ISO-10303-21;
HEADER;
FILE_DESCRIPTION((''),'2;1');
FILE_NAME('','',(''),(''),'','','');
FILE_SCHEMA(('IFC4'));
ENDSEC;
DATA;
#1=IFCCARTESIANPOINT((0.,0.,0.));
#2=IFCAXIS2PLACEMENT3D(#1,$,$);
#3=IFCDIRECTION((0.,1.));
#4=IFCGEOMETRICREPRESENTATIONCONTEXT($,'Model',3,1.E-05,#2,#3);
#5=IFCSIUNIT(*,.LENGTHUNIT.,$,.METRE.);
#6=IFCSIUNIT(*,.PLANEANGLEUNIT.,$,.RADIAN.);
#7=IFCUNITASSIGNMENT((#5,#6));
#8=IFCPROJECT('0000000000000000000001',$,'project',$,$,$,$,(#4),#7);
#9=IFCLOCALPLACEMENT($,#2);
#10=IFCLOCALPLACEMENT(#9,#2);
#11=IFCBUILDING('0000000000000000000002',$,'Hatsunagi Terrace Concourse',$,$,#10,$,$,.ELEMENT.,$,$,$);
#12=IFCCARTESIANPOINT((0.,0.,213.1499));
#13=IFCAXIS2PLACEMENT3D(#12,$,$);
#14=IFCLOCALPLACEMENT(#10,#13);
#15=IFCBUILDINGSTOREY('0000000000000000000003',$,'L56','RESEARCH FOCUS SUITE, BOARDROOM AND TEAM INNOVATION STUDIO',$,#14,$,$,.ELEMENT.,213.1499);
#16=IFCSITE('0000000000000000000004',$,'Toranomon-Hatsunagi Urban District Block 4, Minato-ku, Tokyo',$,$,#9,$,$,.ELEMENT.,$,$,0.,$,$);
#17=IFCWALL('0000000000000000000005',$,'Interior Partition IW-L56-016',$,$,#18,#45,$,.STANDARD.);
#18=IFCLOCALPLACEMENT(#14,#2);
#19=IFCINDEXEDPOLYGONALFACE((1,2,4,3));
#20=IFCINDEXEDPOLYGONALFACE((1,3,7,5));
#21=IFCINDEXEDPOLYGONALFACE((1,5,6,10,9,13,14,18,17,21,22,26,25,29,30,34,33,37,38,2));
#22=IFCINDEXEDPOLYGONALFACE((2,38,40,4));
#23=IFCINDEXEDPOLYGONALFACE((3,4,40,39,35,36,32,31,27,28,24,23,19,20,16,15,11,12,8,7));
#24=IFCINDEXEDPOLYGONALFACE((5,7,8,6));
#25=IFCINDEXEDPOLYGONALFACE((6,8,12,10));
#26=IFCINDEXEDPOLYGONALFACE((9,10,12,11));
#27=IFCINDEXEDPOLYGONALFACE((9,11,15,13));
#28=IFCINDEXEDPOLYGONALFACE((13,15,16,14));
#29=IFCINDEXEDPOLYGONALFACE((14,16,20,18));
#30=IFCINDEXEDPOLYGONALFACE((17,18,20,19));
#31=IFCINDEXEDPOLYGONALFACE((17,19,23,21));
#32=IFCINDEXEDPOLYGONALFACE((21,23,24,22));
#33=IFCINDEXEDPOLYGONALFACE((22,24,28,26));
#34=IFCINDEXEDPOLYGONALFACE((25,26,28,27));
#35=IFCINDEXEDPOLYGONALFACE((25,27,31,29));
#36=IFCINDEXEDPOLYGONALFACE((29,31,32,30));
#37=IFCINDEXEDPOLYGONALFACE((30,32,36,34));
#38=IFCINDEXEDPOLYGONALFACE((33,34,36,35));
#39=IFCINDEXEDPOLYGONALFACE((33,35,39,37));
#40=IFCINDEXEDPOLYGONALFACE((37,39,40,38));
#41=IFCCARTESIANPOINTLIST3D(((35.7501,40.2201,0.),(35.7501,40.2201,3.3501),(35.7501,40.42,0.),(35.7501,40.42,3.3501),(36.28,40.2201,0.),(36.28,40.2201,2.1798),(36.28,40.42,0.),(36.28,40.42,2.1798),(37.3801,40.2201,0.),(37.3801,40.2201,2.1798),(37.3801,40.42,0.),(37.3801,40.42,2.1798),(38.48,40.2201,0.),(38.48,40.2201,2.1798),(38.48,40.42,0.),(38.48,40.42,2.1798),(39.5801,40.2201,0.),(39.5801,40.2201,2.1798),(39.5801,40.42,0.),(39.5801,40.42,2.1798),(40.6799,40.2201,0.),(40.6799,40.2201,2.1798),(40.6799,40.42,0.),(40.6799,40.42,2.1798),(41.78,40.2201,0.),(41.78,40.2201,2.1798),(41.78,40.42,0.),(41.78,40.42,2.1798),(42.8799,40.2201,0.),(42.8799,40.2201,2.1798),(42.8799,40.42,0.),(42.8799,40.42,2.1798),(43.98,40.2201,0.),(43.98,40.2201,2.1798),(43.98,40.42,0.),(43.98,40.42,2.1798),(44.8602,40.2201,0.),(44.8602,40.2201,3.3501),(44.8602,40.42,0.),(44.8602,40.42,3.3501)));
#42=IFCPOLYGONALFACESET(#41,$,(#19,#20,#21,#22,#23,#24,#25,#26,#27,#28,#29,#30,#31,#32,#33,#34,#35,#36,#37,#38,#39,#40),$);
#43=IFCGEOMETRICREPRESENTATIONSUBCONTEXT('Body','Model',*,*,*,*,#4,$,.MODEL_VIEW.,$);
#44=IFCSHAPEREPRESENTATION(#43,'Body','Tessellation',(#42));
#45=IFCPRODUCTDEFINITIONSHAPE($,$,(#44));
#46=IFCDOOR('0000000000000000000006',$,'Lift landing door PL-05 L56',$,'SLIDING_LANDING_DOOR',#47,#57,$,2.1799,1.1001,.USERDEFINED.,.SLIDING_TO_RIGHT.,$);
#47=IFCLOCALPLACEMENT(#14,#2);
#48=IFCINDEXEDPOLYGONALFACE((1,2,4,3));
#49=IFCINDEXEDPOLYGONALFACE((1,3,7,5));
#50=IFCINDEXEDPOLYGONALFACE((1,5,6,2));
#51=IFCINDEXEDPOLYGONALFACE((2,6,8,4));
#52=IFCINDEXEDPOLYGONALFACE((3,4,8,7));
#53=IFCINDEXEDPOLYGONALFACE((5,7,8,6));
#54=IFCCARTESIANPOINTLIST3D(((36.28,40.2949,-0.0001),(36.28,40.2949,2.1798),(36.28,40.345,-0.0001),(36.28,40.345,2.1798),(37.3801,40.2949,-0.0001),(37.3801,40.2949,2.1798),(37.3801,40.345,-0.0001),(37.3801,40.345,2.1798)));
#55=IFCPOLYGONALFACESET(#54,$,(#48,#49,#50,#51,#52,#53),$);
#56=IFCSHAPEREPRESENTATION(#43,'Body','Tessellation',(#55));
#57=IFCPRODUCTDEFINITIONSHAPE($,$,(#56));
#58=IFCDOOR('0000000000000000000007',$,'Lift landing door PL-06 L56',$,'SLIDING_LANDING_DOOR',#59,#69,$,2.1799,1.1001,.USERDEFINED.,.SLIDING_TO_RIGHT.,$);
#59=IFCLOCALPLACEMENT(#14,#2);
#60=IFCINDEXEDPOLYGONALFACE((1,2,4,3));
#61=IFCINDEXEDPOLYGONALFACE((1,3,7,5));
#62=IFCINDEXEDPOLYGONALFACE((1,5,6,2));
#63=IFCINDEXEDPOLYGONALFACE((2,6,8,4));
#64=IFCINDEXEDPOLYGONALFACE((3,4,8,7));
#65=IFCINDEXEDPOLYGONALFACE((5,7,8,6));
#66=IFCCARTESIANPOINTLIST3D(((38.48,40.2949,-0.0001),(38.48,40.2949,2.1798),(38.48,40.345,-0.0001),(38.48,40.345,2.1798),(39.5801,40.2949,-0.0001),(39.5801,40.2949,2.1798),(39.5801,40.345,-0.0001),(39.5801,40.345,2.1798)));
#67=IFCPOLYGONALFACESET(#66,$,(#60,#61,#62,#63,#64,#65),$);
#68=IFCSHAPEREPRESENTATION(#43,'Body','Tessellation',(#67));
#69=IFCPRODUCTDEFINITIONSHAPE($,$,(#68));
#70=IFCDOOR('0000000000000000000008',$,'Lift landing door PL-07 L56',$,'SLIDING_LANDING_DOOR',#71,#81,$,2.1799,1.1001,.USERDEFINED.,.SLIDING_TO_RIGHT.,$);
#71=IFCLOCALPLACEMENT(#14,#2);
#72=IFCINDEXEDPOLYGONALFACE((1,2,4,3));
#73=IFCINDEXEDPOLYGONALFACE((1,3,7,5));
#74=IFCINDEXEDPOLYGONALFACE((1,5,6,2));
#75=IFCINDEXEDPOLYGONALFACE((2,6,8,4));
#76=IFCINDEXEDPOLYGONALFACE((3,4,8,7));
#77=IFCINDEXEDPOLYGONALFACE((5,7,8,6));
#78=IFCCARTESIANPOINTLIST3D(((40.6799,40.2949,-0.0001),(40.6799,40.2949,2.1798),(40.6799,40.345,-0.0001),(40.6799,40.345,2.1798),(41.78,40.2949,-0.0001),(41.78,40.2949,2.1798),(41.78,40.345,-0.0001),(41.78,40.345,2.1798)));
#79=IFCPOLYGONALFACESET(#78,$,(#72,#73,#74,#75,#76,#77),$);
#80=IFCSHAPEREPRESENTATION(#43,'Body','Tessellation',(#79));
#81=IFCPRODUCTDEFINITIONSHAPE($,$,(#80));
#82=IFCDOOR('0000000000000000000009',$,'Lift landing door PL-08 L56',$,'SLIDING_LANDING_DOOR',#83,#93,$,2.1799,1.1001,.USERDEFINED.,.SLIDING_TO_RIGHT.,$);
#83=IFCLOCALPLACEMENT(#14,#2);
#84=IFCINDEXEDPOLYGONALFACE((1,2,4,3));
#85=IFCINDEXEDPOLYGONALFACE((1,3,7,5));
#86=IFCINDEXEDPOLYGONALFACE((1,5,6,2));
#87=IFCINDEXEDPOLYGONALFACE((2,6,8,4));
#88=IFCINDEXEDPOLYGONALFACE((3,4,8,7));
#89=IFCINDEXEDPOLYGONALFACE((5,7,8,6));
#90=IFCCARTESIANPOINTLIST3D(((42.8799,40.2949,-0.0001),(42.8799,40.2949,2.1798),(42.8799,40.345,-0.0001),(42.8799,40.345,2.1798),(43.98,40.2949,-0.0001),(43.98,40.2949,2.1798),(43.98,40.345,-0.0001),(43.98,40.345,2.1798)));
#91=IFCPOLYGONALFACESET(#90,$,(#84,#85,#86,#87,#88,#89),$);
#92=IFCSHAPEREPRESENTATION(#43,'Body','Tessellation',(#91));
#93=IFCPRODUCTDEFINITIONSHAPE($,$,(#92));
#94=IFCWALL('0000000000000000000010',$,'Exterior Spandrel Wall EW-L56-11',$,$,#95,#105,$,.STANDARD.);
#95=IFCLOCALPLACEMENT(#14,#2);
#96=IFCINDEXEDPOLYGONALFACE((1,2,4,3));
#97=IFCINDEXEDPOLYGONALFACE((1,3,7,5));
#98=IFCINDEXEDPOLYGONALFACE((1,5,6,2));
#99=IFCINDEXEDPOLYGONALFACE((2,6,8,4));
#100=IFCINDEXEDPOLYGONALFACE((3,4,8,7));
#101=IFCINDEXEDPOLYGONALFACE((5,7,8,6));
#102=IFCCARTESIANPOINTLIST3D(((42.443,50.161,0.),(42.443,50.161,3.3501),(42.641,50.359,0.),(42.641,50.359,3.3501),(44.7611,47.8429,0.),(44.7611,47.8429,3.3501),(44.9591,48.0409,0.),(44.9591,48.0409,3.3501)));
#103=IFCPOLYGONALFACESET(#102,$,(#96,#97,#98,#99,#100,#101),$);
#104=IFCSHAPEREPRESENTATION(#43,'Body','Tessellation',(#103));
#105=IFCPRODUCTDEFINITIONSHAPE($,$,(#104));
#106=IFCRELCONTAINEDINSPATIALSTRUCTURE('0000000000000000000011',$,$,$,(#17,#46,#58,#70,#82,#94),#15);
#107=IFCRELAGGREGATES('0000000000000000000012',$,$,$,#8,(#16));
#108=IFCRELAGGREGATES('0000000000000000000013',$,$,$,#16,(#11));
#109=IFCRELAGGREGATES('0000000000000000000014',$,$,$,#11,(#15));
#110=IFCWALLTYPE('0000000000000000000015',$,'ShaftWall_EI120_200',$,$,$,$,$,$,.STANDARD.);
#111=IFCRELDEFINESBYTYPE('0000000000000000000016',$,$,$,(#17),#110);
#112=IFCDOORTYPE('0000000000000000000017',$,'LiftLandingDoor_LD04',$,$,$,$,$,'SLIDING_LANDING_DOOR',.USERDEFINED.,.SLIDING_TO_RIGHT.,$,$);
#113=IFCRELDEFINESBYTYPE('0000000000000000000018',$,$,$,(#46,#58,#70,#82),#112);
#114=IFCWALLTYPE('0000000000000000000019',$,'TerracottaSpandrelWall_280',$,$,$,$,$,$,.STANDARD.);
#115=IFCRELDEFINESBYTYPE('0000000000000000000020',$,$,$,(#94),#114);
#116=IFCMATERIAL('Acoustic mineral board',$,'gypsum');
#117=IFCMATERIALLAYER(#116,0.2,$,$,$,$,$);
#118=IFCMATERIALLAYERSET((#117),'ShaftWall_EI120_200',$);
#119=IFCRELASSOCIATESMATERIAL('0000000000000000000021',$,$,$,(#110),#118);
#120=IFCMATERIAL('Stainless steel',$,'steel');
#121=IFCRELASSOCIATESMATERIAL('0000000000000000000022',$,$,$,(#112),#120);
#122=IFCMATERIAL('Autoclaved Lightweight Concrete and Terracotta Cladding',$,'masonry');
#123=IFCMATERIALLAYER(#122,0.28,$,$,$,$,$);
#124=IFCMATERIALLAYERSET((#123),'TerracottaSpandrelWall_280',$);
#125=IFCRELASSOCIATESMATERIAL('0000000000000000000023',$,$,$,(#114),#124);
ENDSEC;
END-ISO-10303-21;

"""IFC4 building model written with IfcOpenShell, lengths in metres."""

from ifc_helpers import new_model, si_unit, direction, frame, frame_2d, origin, place, context, subcontext, project, spatial, rectangle, extrude, material, layer, layer_set, type_object, element, fill, save


model = new_model("IFC4")

# Units and contexts
model_context = context("Model", 3, precision=1e-05, world=origin(), true_north=direction((0.0, 1.0)))
body_context = subcontext(model_context, "Body", "Model", "MODEL_VIEW")
ifc_project = project(units=[si_unit("LENGTHUNIT", "METRE"), si_unit("PLANEANGLEUNIT", "RADIAN")], contexts=[model_context])

# Site, building, storey
site_placement = place(None, origin())
site = spatial("IfcSite", under=ifc_project, at=site_placement, Name="Toranomon-Hatsunagi Urban District Block 4, Minato-ku, Tokyo", CompositionType="ELEMENT", RefElevation=0.0)
building_placement = place(site_placement, origin())
building = spatial("IfcBuilding", under=site, at=building_placement, Name="Hatsunagi Terrace Concourse", CompositionType="ELEMENT")
storey_placement = place(building_placement, frame((0.0, 0.0, 213.1499)))
storey = spatial("IfcBuildingStorey", under=building, at=storey_placement, Name="L56", Description="RESEARCH FOCUS SUITE, BOARDROOM AND TEAM INNOVATION STUDIO", CompositionType="ELEMENT", Elevation=213.1499)

# Shared definitions
ifc_material_1 = material(Name="Acoustic mineral board", Category="gypsum")
ifc_layer_1 = layer(ifc_material_1, 0.2)
ifc_layer_set_1 = layer_set([ifc_layer_1], Name="ShaftWall_EI120_200")
wall_type_1 = type_object("IfcWallType", Name="ShaftWall_EI120_200", PredefinedType="STANDARD", material=ifc_layer_set_1)

# Wall, openings, doors
wall_1_placement = place(storey_placement, frame((35.75, 40.3201, 0.0), z_axis=(0.0, 0.0, 1.0), x_axis=(1.0, 0.0, 0.0)))
wall_1 = element("IfcWall", 1, at=wall_1_placement, inside=storey, type_object=wall_type_1, Name="Interior Partition IW-L56-016", PredefinedType="STANDARD", context=body_context, shape_type="SweptSolid", body=[
    extrude(rectangle(XDim=9.1101, YDim=0.2, at=frame_2d((4.5552, 0.0))), origin(), (0.0, 0.0, 1.0), 3.3501),
])
opening_1_placement = place(wall_1_placement, frame((0.53, 0.0, 0.0)))
opening_1 = element("IfcOpeningElement", 2, at=opening_1_placement, cuts=wall_1, PredefinedType="OPENING", context=body_context, shape_type="SweptSolid", body=[
    extrude(rectangle(XDim=1.1001, YDim=2.1799, at=frame_2d((0.55, 1.0898))), frame((0.0, 0.1099, 0.0), z_axis=(0.0, -1.0, 0.0), x_axis=(1.0, 0.0, 0.0)), (0.0, 0.0, 1.0), 0.22),
])
opening_2_placement = place(wall_1_placement, frame((2.73, 0.0, 0.0)))
opening_2 = element("IfcOpeningElement", 3, at=opening_2_placement, cuts=wall_1, PredefinedType="OPENING", context=body_context, shape_type="SweptSolid", body=[
    extrude(rectangle(XDim=1.1001, YDim=2.1799, at=frame_2d((0.55, 1.0898))), frame((0.0, 0.1099, 0.0), z_axis=(0.0, -1.0, 0.0), x_axis=(1.0, 0.0, 0.0)), (0.0, 0.0, 1.0), 0.22),
])
opening_3_placement = place(wall_1_placement, frame((4.9299, 0.0, 0.0)))
opening_3 = element("IfcOpeningElement", 4, at=opening_3_placement, cuts=wall_1, PredefinedType="OPENING", context=body_context, shape_type="SweptSolid", body=[
    extrude(rectangle(XDim=1.1001, YDim=2.1799, at=frame_2d((0.55, 1.0898))), frame((0.0, 0.1099, 0.0), z_axis=(0.0, -1.0, 0.0), x_axis=(1.0, 0.0, 0.0)), (0.0, 0.0, 1.0), 0.22),
])
opening_4_placement = place(wall_1_placement, frame((7.1299, 0.0, 0.0)))
opening_4 = element("IfcOpeningElement", 5, at=opening_4_placement, cuts=wall_1, PredefinedType="OPENING", context=body_context, shape_type="SweptSolid", body=[
    extrude(rectangle(XDim=1.1001, YDim=2.1799, at=frame_2d((0.55, 1.0898))), frame((0.0, 0.1099, 0.0), z_axis=(0.0, -1.0, 0.0), x_axis=(1.0, 0.0, 0.0)), (0.0, 0.0, 1.0), 0.22),
])
ifc_material_2 = material(Name="Stainless steel", Category="steel")
door_type_1 = type_object("IfcDoorType", Name="LiftLandingDoor_LD04", ElementType="SLIDING_LANDING_DOOR", OperationType="SLIDING_TO_RIGHT", PredefinedType="USERDEFINED", material=ifc_material_2)
door_1_placement = place(opening_1_placement, origin())
door_1 = element("IfcDoor", 6, at=door_1_placement, inside=storey, type_object=door_type_1, Name="Lift landing door PL-05 L56", ObjectType="SLIDING_LANDING_DOOR", OperationType="SLIDING_TO_RIGHT", OverallHeight=2.1799, OverallWidth=1.1001, PredefinedType="USERDEFINED", context=body_context, shape_type="SweptSolid", body=[
    extrude(rectangle(XDim=1.1001, YDim=2.1799, at=frame_2d((0.55, 1.0898))), frame((0.0, 0.0249, 0.0), z_axis=(0.0, -1.0, 0.0), x_axis=(1.0, 0.0, 0.0)), (0.0, 0.0, 1.0), 0.05),
])
fill(opening_1, door_1)
door_2_placement = place(opening_2_placement, origin())
door_2 = element("IfcDoor", 7, at=door_2_placement, inside=storey, type_object=door_type_1, Name="Lift landing door PL-06 L56", ObjectType="SLIDING_LANDING_DOOR", OperationType="SLIDING_TO_RIGHT", OverallHeight=2.1799, OverallWidth=1.1001, PredefinedType="USERDEFINED", context=body_context, shape_type="SweptSolid", body=[
    extrude(rectangle(XDim=1.1001, YDim=2.1799, at=frame_2d((0.55, 1.0898))), frame((0.0, 0.0249, 0.0), z_axis=(0.0, -1.0, 0.0), x_axis=(1.0, 0.0, 0.0)), (0.0, 0.0, 1.0), 0.05),
])
fill(opening_2, door_2)
door_3_placement = place(opening_3_placement, origin())
door_3 = element("IfcDoor", 8, at=door_3_placement, inside=storey, type_object=door_type_1, Name="Lift landing door PL-07 L56", ObjectType="SLIDING_LANDING_DOOR", OperationType="SLIDING_TO_RIGHT", OverallHeight=2.1799, OverallWidth=1.1001, PredefinedType="USERDEFINED", context=body_context, shape_type="SweptSolid", body=[
    extrude(rectangle(XDim=1.1001, YDim=2.1799, at=frame_2d((0.55, 1.0898))), frame((0.0, 0.0249, 0.0), z_axis=(0.0, -1.0, 0.0), x_axis=(1.0, 0.0, 0.0)), (0.0, 0.0, 1.0), 0.05),
])
fill(opening_3, door_3)
door_4_placement = place(opening_4_placement, origin())
door_4 = element("IfcDoor", 9, at=door_4_placement, inside=storey, type_object=door_type_1, Name="Lift landing door PL-08 L56", ObjectType="SLIDING_LANDING_DOOR", OperationType="SLIDING_TO_RIGHT", OverallHeight=2.1799, OverallWidth=1.1001, PredefinedType="USERDEFINED", context=body_context, shape_type="SweptSolid", body=[
    extrude(rectangle(XDim=1.1001, YDim=2.1799, at=frame_2d((0.55, 1.0898))), frame((0.0, 0.0249, 0.0), z_axis=(0.0, -1.0, 0.0), x_axis=(1.0, 0.0, 0.0)), (0.0, 0.0, 1.0), 0.05),
])
fill(opening_4, door_4)

# Wall
ifc_material_3 = material(Name="Autoclaved Lightweight Concrete and Terracotta Cladding", Category="masonry")
ifc_layer_2 = layer(ifc_material_3, 0.28)
ifc_layer_set_2 = layer_set([ifc_layer_2], Name="TerracottaSpandrelWall_280")
wall_type_2 = type_object("IfcWallType", Name="TerracottaSpandrelWall_280", PredefinedType="STANDARD", material=ifc_layer_set_2)
wall_2_placement = place(storey_placement, frame((42.542, 50.26, 0.0), z_axis=(0.0, 0.0, 1.0), x_axis=(0.707107, -0.707107, 0.0)))
element("IfcWall", 10, at=wall_2_placement, inside=storey, type_object=wall_type_2, Name="Exterior Spandrel Wall EW-L56-11", PredefinedType="STANDARD", context=body_context, shape_type="SweptSolid", body=[
    extrude(rectangle(XDim=3.2783, YDim=0.28, at=frame_2d((1.6392, 0.0))), origin(), (0.0, 0.0, 1.0), 3.3501),
])

save(model, "model.ifc")
